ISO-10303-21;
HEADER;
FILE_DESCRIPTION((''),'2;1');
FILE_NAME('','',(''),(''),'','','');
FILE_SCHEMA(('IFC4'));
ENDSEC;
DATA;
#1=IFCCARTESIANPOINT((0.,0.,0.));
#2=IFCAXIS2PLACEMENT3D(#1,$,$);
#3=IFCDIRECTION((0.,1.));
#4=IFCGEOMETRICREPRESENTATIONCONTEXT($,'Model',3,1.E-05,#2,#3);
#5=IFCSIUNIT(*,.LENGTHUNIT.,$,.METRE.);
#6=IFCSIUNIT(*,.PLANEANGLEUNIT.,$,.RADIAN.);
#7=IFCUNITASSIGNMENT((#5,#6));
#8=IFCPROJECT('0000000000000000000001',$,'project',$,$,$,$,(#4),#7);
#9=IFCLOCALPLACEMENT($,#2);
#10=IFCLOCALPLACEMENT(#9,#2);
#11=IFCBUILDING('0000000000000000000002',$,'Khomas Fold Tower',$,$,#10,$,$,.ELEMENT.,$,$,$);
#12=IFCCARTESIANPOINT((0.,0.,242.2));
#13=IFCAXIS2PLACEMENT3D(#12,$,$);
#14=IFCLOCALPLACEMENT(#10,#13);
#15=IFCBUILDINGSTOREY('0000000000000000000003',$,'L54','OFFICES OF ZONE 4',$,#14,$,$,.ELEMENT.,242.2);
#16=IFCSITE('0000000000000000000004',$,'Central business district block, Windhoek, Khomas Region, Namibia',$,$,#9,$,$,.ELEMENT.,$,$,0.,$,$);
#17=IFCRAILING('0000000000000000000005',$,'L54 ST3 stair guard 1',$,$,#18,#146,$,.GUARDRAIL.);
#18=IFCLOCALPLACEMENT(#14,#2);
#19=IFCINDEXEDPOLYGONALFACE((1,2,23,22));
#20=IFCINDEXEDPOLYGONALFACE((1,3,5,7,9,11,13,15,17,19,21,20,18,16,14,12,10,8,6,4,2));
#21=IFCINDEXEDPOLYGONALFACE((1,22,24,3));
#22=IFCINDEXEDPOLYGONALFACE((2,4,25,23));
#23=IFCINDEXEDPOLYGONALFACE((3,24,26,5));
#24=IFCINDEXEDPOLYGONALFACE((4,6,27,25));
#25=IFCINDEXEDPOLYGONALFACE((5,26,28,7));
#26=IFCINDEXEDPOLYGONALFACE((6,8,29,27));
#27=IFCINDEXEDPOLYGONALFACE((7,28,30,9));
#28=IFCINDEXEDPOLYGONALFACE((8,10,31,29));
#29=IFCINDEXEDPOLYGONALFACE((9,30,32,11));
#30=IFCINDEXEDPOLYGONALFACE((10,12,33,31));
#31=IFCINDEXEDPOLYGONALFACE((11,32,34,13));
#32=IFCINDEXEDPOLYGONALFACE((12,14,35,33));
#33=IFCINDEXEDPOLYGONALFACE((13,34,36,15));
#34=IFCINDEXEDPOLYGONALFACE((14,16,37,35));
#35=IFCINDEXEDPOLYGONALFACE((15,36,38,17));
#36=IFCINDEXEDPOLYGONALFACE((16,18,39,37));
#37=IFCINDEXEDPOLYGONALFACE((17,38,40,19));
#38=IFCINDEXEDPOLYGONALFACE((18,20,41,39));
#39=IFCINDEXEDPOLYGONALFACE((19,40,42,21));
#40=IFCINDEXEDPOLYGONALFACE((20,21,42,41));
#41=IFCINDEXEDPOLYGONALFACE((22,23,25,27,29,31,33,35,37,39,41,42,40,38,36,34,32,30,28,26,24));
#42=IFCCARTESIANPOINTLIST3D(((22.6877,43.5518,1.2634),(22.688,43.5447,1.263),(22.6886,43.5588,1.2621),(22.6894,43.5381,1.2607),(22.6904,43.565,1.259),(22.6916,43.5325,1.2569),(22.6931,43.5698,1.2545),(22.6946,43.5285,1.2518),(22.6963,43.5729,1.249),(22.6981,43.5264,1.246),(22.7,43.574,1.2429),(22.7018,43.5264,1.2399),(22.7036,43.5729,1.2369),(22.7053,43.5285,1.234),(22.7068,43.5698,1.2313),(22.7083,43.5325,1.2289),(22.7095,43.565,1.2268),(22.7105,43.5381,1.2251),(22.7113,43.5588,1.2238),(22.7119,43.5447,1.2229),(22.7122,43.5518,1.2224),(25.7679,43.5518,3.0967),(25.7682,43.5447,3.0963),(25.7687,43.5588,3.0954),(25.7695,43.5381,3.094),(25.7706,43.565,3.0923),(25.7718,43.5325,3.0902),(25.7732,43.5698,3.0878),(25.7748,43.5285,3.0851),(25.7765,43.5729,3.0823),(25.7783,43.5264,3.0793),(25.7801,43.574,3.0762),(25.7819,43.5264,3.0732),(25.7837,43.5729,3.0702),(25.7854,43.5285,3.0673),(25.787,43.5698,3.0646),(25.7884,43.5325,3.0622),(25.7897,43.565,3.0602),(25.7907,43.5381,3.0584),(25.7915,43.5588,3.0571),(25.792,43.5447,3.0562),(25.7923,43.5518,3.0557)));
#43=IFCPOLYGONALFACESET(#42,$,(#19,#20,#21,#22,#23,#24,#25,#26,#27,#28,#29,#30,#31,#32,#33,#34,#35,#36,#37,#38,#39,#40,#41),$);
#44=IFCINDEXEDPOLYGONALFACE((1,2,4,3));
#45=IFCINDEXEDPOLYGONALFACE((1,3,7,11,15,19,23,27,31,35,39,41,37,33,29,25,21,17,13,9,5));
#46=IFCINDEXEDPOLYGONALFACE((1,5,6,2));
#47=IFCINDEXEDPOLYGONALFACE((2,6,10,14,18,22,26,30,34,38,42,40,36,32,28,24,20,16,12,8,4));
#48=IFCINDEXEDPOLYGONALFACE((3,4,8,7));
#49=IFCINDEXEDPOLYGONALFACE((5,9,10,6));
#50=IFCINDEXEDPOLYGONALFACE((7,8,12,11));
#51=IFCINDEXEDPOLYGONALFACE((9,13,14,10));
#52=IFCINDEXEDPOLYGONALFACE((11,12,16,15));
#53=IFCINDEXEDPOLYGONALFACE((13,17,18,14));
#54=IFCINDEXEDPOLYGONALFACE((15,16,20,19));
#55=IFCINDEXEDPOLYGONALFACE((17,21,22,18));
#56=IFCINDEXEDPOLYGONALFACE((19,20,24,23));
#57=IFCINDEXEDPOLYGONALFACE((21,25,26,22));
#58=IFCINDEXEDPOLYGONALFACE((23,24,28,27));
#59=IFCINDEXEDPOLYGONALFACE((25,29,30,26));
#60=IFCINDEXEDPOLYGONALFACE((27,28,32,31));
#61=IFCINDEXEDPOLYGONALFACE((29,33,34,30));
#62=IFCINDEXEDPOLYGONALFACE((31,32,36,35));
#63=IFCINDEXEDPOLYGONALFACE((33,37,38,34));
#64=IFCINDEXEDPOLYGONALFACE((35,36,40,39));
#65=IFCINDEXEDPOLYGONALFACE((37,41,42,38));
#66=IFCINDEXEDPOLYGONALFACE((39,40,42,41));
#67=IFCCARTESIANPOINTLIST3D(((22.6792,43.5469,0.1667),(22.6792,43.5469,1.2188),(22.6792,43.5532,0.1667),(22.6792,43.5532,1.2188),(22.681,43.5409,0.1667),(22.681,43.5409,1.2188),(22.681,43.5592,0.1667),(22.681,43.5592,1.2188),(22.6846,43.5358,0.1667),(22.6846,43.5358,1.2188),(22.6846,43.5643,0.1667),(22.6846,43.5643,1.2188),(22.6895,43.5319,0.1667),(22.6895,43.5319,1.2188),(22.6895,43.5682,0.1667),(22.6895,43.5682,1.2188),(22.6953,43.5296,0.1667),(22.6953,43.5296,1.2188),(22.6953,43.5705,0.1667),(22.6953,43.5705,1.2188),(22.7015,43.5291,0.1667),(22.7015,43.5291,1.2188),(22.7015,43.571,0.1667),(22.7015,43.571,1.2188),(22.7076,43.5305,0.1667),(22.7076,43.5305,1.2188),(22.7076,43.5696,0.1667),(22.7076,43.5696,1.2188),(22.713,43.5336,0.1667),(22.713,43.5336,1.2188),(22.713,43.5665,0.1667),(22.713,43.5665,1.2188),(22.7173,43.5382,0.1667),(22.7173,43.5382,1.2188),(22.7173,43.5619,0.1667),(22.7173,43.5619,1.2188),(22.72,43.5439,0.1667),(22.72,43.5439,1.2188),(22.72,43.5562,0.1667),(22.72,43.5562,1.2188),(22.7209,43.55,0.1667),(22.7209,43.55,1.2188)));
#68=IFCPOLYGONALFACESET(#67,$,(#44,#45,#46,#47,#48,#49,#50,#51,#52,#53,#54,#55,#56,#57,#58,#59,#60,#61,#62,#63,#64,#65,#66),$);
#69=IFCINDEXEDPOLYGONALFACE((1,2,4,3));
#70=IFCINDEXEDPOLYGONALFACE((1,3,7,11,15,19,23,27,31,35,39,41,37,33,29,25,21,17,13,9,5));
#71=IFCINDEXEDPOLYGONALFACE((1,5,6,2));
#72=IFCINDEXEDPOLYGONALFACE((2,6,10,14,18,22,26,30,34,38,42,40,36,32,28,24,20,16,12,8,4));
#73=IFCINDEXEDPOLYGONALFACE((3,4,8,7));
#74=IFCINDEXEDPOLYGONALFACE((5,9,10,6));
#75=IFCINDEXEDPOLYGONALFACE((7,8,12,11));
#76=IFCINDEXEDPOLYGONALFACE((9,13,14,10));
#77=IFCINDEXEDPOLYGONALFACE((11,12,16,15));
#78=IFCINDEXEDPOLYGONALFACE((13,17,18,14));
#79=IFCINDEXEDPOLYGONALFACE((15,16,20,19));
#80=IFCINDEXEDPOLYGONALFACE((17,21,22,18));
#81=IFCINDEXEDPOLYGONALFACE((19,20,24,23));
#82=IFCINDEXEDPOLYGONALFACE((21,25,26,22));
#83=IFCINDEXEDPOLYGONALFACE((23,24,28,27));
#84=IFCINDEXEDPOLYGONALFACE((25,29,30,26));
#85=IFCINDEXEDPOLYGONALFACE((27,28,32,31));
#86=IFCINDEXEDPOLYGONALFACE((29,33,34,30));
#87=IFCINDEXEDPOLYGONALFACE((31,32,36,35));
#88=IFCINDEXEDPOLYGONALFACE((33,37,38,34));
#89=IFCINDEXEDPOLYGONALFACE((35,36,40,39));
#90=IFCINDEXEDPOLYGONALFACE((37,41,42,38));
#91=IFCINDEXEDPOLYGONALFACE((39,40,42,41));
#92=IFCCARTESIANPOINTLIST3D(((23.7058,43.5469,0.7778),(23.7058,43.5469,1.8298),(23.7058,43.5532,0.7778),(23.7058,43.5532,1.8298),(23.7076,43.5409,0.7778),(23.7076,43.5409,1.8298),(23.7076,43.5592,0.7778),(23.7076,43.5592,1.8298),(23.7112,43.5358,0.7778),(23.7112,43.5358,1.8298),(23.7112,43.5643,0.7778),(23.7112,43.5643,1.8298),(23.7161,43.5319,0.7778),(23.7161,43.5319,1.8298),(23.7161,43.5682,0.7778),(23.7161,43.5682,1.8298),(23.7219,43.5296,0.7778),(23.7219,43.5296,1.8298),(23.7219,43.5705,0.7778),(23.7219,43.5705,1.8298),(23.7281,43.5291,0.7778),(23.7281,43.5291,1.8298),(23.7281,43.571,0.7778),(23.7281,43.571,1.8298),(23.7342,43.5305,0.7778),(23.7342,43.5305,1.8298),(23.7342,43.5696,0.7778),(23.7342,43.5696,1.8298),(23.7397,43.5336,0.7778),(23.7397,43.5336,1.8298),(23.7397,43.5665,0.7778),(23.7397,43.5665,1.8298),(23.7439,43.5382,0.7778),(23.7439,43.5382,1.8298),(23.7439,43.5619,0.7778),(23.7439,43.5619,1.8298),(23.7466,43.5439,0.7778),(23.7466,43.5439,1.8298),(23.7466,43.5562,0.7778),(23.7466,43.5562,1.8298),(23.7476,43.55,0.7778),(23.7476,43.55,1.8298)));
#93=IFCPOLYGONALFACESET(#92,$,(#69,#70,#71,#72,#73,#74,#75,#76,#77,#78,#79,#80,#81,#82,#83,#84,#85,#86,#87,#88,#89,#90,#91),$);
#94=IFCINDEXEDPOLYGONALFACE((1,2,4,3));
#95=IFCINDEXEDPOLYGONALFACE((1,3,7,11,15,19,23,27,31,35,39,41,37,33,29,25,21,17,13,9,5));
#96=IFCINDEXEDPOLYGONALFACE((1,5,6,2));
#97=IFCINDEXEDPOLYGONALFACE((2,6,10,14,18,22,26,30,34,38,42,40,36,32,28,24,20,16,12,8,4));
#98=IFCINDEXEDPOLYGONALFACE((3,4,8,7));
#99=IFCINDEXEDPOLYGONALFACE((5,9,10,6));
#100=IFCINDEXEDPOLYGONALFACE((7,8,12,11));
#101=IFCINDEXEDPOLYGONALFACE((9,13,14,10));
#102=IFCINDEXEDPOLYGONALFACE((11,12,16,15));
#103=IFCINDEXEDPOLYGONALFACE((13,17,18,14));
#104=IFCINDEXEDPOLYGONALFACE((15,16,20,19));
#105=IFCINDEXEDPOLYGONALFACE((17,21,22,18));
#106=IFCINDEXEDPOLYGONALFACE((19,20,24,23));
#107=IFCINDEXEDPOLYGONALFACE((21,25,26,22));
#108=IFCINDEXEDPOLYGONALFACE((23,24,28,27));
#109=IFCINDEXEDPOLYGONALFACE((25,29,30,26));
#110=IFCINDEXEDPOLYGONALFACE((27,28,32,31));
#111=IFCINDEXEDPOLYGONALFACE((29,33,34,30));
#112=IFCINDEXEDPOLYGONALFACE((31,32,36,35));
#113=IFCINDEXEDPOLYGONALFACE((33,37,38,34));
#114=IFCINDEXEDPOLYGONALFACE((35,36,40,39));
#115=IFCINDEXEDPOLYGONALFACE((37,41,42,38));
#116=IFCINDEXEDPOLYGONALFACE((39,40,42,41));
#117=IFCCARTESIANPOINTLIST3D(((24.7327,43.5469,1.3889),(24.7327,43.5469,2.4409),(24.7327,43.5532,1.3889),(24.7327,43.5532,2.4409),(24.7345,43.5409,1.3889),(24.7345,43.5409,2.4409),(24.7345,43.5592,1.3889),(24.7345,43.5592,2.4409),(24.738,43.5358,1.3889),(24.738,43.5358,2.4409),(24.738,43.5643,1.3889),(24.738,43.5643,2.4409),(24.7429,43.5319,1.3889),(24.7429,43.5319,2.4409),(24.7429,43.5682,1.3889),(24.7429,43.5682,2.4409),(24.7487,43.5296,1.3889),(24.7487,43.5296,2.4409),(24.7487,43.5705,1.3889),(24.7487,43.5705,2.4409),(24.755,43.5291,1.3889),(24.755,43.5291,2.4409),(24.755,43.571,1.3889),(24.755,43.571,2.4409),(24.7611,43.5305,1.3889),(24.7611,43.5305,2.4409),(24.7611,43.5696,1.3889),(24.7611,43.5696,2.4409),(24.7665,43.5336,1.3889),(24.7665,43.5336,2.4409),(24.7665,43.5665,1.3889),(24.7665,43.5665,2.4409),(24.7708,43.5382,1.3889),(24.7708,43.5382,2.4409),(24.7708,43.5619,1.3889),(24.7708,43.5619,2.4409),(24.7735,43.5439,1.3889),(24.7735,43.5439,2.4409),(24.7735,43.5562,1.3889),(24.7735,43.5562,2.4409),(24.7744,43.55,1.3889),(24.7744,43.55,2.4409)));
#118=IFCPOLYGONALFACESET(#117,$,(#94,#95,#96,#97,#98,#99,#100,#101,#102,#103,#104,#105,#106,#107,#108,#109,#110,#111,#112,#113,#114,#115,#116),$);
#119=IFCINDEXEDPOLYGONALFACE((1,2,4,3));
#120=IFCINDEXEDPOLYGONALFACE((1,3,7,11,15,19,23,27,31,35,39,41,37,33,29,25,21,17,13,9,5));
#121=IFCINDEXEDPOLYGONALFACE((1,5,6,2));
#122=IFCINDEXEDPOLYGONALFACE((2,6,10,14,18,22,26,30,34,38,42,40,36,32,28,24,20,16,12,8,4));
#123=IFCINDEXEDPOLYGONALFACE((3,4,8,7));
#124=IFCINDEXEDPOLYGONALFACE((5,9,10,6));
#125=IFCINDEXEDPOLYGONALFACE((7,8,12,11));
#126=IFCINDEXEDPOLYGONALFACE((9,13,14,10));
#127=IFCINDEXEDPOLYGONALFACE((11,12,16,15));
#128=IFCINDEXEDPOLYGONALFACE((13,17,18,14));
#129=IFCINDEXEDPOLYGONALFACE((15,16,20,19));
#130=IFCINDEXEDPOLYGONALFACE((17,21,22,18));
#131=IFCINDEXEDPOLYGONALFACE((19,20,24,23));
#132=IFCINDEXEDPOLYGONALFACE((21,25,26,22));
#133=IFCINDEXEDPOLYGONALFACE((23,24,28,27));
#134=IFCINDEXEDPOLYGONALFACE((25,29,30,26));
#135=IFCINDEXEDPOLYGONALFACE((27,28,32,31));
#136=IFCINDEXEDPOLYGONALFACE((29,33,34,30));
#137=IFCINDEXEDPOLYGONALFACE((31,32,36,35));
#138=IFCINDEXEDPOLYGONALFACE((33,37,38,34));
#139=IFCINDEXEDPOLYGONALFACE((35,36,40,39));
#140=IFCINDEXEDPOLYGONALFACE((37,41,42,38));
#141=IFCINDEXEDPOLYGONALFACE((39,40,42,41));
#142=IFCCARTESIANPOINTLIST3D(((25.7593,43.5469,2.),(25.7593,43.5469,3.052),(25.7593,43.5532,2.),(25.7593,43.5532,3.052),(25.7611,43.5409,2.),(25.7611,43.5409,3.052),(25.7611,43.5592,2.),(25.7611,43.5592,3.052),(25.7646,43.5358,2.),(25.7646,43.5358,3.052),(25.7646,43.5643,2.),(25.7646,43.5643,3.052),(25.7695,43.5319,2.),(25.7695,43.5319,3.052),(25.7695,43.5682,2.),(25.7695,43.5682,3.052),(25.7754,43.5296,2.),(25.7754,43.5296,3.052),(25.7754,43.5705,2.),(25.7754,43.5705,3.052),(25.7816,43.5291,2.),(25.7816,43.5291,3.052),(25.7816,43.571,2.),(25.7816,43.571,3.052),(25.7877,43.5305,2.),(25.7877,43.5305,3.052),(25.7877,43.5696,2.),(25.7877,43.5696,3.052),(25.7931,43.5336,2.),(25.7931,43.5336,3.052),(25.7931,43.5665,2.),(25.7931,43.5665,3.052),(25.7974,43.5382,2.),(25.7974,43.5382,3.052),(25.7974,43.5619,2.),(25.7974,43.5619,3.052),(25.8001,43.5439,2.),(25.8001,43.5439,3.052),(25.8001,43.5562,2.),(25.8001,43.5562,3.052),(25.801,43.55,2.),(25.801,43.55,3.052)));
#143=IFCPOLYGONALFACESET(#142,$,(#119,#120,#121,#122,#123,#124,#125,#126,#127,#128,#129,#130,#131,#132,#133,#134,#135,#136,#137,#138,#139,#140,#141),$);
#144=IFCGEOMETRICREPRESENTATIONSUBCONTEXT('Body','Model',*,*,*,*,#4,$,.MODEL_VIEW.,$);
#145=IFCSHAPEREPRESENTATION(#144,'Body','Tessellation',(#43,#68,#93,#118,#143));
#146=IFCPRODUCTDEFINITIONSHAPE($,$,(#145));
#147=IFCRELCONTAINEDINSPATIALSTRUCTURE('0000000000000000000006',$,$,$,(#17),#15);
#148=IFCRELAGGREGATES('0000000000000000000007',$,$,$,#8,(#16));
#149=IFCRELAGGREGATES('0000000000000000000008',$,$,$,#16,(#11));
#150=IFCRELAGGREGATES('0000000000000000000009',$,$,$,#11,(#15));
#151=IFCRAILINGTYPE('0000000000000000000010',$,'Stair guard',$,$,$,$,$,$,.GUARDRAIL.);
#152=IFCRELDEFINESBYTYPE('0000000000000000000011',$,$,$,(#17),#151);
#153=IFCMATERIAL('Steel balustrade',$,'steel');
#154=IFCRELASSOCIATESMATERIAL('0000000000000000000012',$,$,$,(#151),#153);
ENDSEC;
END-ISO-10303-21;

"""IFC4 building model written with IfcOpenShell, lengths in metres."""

from ifc_helpers import new_model, si_unit, direction, frame, origin, origin_2d, place, context, subcontext, project, spatial, circle, extrude, source, transform, mapped, material, type_object, element, save


model = new_model("IFC4")

# Units and contexts
model_context = context("Model", 3, precision=1e-05, world=origin(), true_north=direction((0.0, 1.0)))
body_context = subcontext(model_context, "Body", "Model", "MODEL_VIEW")
ifc_project = project(units=[si_unit("LENGTHUNIT", "METRE"), si_unit("PLANEANGLEUNIT", "RADIAN")], contexts=[model_context])

# Site, building, storey
site_placement = place(None, origin())
site = spatial("IfcSite", under=ifc_project, at=site_placement, Name="Central business district block, Windhoek, Khomas Region, Namibia", CompositionType="ELEMENT", RefElevation=0.0)
building_placement = place(site_placement, origin())
building = spatial("IfcBuilding", under=site, at=building_placement, Name="Khomas Fold Tower", CompositionType="ELEMENT")
storey_placement = place(building_placement, frame((0.0, 0.0, 242.2)))
storey = spatial("IfcBuildingStorey", under=building, at=storey_placement, Name="L54", Description="OFFICES OF ZONE 4", CompositionType="ELEMENT", Elevation=242.2)

# Railing
ifc_material_1 = material(Name="Steel balustrade", Category="steel")
railing_type_1 = type_object("IfcRailingType", Name="Stair guard", PredefinedType="GUARDRAIL", material=ifc_material_1)
shared_shape_1 = source(origin(), body_context, "Body", "SweptSolid", [
    extrude(circle(Radius=0.0239, at=origin_2d()), frame((0.0, 0.0, 1.0762), z_axis=(0.859309, 0.0, 0.511458), x_axis=(0.0, 1.0, 0.0)), (0.0, 0.0, 1.0), 3.5845),
    extrude(circle(Radius=0.021, at=origin_2d()), origin(), (0.0, 0.0, 1.0), 1.052),
    extrude(circle(Radius=0.021, at=origin_2d()), frame((1.0266, 0.0, 0.6111)), (0.0, 0.0, 1.0), 1.052),
    extrude(circle(Radius=0.021, at=origin_2d()), frame((2.0535, 0.0, 1.2222)), (0.0, 0.0, 1.0), 1.052),
    extrude(circle(Radius=0.021, at=origin_2d()), frame((3.0801, 0.0, 1.8333)), (0.0, 0.0, 1.0), 1.052),
])
railing_1_placement = place(storey_placement, frame((22.7, 43.55, 0.1667)))
element("IfcRailing", 1, at=railing_1_placement, inside=storey, type_object=railing_type_1, Name="L54 ST3 stair guard 1", PredefinedType="GUARDRAIL", context=body_context, shape_type="MappedRepresentation", body=[
    mapped(shared_shape_1, transform((0.0, 0.0, 0.0))),
])

save(model, "model.ifc")
